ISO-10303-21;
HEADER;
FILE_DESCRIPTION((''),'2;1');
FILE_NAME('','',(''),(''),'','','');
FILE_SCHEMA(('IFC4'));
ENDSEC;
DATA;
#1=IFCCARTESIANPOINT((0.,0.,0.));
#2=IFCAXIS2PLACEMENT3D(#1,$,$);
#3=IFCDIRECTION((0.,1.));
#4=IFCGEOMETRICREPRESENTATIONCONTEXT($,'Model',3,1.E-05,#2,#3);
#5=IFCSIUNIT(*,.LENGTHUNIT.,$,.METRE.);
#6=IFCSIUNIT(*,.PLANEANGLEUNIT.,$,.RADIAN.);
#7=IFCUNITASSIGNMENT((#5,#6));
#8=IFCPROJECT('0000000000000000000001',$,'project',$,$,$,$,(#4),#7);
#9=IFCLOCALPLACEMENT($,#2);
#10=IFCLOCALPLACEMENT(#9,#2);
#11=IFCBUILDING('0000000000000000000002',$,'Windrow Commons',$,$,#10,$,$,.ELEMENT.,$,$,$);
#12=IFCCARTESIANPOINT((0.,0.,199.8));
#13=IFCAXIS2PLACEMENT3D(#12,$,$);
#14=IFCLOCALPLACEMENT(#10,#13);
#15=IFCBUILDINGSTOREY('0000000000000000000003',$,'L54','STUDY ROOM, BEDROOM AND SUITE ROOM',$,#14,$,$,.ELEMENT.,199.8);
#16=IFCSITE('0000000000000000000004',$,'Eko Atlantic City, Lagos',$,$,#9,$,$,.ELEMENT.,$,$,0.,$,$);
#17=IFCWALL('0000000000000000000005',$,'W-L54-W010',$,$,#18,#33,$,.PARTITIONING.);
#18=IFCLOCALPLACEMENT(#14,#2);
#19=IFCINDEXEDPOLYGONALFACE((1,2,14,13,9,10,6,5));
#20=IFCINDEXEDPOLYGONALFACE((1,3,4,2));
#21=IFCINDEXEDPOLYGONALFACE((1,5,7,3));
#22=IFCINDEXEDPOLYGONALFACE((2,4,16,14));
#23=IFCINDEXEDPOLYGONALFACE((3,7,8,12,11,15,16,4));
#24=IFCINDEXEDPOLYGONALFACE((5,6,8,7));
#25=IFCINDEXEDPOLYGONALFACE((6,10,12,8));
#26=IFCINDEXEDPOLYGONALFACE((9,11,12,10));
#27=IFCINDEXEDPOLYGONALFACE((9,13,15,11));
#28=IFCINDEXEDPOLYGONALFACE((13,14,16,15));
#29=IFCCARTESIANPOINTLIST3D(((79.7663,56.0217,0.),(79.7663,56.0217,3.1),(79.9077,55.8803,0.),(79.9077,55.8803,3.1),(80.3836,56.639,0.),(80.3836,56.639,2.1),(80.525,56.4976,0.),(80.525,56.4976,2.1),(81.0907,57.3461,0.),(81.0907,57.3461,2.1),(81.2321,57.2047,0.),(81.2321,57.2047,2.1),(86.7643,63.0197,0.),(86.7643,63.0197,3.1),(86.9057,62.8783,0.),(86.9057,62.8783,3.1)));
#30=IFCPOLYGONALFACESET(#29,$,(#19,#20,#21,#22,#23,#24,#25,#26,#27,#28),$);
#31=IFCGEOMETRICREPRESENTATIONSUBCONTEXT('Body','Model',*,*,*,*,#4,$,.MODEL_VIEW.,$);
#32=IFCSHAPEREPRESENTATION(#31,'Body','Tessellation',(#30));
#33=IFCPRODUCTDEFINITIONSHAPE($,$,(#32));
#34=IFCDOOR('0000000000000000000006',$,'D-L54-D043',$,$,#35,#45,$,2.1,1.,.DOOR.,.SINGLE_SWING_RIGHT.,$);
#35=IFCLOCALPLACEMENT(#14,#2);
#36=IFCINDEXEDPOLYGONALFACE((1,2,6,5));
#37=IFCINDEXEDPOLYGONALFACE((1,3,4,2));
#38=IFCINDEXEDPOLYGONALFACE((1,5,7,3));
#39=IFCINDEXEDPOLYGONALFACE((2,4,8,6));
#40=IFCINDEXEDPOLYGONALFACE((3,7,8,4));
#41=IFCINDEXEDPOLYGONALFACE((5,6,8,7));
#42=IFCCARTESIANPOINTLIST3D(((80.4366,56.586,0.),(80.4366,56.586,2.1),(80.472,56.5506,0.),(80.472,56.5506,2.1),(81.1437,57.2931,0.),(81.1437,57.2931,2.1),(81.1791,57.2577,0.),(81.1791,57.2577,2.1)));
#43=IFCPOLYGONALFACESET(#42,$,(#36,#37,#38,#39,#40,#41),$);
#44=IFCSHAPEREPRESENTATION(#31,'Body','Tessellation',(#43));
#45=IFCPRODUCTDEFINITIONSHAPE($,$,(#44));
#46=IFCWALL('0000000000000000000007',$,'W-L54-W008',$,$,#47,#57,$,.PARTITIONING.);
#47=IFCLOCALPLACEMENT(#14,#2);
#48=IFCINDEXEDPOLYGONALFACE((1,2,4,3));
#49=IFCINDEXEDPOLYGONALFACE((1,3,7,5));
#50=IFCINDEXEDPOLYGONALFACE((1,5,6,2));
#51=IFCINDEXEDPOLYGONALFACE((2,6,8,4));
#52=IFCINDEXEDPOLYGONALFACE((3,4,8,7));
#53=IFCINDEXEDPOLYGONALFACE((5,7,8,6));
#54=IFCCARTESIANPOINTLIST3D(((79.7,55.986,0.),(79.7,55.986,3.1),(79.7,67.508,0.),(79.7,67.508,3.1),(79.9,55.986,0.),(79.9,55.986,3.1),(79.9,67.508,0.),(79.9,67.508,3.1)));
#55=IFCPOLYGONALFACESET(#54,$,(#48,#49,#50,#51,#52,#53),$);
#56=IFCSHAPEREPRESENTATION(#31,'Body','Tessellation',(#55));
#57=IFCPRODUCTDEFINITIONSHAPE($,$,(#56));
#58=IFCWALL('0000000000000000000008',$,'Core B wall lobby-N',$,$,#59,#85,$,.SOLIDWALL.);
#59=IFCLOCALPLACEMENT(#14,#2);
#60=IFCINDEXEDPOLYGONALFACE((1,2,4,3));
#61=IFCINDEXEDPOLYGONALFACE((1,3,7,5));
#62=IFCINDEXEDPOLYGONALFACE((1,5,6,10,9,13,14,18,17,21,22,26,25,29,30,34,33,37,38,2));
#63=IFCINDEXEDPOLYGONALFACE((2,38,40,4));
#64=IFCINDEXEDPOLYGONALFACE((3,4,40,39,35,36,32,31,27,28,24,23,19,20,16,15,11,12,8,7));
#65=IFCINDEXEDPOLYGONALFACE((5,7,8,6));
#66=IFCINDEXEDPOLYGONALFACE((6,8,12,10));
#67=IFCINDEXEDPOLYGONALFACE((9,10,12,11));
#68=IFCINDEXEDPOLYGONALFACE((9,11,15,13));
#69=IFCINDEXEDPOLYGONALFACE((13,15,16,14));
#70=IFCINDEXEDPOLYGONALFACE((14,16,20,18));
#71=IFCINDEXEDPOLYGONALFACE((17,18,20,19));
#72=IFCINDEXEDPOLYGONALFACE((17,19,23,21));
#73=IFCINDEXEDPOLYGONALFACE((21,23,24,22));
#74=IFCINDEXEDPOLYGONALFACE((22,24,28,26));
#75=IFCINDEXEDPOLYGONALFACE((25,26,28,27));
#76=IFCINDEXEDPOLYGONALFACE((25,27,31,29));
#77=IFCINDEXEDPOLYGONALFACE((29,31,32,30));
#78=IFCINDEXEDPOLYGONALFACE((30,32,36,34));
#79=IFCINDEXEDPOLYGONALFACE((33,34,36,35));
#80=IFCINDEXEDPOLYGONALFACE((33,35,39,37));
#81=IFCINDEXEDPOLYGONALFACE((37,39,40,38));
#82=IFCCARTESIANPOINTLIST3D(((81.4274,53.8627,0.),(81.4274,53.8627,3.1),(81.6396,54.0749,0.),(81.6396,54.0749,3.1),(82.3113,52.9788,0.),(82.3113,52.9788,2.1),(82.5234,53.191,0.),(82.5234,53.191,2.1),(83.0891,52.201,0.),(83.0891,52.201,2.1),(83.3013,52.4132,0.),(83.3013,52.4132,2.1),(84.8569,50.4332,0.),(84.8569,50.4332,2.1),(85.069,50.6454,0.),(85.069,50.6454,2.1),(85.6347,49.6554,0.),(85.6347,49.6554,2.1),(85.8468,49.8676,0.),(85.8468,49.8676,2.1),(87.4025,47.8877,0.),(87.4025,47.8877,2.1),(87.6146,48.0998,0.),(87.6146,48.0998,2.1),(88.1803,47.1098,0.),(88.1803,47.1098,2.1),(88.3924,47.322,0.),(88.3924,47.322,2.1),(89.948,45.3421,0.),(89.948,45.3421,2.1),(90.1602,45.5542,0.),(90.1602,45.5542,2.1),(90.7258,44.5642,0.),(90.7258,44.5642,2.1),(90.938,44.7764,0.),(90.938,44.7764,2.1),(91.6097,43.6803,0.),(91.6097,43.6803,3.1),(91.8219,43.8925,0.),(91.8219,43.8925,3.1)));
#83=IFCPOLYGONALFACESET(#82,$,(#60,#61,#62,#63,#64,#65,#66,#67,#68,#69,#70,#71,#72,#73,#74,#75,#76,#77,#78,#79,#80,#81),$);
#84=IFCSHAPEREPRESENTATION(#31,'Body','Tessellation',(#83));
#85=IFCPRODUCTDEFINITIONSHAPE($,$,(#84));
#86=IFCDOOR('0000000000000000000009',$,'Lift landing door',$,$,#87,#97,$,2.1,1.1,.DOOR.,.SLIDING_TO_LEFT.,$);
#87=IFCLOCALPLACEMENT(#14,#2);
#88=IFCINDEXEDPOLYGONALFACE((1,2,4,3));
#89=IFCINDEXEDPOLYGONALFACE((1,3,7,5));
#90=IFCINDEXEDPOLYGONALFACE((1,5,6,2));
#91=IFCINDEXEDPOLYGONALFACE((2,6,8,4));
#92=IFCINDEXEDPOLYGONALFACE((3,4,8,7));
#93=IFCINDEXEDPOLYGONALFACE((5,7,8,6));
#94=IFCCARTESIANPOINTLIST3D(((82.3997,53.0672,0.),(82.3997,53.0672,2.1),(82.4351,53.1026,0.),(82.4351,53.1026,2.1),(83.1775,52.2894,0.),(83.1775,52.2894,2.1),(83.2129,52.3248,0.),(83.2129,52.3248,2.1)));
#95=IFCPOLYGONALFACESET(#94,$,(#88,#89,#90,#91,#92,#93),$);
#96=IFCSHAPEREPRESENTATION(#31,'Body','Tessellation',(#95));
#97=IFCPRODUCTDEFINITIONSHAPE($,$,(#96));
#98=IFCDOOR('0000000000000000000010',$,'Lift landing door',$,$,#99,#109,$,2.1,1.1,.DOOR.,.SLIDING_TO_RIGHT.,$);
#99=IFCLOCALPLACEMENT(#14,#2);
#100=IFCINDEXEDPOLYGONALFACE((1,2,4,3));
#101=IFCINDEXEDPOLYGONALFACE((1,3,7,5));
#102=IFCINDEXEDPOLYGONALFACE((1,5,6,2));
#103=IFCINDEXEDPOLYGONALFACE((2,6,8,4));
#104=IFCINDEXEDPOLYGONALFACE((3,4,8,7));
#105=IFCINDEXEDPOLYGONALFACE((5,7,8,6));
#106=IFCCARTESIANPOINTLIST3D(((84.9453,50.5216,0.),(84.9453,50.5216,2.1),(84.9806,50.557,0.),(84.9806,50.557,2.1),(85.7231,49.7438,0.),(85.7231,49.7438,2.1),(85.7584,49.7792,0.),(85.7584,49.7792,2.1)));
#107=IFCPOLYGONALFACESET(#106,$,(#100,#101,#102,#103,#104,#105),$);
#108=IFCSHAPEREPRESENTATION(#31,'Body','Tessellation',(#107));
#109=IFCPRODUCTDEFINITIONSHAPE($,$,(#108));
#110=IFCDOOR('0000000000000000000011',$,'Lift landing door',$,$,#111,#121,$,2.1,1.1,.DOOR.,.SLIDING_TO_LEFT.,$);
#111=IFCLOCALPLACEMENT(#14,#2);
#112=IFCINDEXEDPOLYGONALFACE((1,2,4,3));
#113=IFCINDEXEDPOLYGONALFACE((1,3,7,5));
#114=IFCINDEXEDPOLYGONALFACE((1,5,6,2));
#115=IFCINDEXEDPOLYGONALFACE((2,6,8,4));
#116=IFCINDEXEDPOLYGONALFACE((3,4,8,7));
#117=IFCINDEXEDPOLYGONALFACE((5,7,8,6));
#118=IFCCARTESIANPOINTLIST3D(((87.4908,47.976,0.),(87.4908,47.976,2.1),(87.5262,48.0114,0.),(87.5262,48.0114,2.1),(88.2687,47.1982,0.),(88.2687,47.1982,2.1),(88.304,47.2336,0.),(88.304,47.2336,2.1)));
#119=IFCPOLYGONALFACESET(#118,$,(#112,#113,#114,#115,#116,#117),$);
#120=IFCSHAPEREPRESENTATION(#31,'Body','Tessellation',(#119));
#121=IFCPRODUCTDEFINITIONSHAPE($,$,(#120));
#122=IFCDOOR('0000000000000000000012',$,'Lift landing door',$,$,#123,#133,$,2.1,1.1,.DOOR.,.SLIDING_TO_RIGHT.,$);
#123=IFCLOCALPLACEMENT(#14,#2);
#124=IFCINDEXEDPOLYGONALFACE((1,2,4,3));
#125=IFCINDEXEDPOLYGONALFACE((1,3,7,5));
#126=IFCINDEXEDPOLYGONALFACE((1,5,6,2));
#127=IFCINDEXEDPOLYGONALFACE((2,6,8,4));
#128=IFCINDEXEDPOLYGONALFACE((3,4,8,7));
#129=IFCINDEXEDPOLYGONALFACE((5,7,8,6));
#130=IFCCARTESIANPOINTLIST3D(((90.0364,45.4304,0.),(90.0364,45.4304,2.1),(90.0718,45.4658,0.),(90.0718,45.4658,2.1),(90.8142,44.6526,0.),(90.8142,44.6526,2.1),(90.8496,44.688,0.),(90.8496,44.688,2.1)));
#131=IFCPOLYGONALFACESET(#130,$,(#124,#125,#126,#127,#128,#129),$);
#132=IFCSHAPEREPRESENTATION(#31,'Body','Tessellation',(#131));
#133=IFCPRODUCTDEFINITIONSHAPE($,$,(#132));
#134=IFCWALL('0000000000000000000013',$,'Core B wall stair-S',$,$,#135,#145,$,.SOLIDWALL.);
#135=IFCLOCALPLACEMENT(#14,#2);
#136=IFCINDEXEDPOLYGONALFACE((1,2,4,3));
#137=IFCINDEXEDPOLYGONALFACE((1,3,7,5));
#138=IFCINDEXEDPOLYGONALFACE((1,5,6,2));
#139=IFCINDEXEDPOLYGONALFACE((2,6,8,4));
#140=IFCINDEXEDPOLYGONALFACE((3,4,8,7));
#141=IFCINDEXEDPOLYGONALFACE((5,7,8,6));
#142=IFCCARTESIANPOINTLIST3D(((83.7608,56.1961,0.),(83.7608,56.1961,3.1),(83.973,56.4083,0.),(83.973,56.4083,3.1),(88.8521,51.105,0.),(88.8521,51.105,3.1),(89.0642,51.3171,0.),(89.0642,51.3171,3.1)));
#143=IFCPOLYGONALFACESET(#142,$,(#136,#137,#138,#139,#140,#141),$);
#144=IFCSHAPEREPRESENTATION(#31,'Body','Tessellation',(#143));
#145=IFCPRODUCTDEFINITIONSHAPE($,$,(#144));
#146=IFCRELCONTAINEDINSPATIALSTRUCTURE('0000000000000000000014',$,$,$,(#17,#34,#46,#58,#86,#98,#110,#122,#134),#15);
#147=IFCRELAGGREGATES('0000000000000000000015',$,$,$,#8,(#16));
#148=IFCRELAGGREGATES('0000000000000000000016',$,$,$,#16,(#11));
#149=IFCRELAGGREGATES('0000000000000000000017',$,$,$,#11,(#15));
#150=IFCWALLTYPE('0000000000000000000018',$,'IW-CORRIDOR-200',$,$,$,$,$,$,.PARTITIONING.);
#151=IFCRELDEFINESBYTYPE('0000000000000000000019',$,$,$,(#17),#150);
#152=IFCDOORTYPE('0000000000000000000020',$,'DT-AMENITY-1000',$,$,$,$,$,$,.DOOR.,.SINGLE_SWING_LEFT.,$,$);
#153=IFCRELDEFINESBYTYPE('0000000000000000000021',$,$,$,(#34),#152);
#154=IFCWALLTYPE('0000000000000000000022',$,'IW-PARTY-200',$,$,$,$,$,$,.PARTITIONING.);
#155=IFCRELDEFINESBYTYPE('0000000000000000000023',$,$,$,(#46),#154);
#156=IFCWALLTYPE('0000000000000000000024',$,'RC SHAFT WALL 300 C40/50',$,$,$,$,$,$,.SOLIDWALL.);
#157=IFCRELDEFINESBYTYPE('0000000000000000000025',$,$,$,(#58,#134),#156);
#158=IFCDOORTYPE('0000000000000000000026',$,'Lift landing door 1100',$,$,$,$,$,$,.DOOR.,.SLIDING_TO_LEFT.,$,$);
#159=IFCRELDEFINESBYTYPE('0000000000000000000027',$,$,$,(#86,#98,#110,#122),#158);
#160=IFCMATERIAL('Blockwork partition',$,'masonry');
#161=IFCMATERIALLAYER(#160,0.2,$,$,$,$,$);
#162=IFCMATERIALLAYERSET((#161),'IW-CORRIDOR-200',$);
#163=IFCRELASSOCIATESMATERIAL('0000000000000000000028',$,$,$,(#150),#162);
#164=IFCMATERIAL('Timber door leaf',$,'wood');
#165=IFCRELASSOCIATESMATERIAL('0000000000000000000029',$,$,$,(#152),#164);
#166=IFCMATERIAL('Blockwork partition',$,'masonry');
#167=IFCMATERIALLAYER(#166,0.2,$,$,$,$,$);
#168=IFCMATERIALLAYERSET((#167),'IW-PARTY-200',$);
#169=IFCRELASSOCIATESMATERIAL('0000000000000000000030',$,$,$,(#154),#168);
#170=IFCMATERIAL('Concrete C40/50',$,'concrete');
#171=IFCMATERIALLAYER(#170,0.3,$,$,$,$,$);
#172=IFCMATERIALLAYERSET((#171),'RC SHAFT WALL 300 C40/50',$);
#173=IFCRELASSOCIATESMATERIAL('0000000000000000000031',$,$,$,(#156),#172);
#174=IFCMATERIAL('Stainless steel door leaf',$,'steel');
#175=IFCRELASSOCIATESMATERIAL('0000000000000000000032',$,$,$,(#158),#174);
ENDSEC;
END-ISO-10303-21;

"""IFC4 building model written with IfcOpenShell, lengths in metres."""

from ifc_helpers import new_model, si_unit, direction, frame, frame_2d, origin, place, context, subcontext, project, spatial, rectangle, extrude, material, layer, layer_set, type_object, element, fill, save


model = new_model("IFC4")

# Units and contexts
model_context = context("Model", 3, precision=1e-05, world=origin(), true_north=direction((0.0, 1.0)))
body_context = subcontext(model_context, "Body", "Model", "MODEL_VIEW")
ifc_project = project(units=[si_unit("LENGTHUNIT", "METRE"), si_unit("PLANEANGLEUNIT", "RADIAN")], contexts=[model_context])

# Site, building, storey
site_placement = place(None, origin())
site = spatial("IfcSite", under=ifc_project, at=site_placement, Name="Eko Atlantic City, Lagos", CompositionType="ELEMENT", RefElevation=0.0)
building_placement = place(site_placement, origin())
building = spatial("IfcBuilding", under=site, at=building_placement, Name="Windrow Commons", CompositionType="ELEMENT")
storey_placement = place(building_placement, frame((0.0, 0.0, 199.8)))
storey = spatial("IfcBuildingStorey", under=building, at=storey_placement, Name="L54", Description="STUDY ROOM, BEDROOM AND SUITE ROOM", CompositionType="ELEMENT", Elevation=199.8)

# Wall, opening, door
ifc_material_1 = material(Name="Blockwork partition", Category="masonry")
ifc_layer_1 = layer(ifc_material_1, 0.2)
ifc_layer_set_1 = layer_set([ifc_layer_1], Name="IW-CORRIDOR-200")
wall_type_1 = type_object("IfcWallType", Name="IW-CORRIDOR-200", PredefinedType="PARTITIONING", material=ifc_layer_set_1)
wall_1_placement = place(storey_placement, frame((79.837, 55.951, 0.0), z_axis=(0.0, 0.0, 1.0), x_axis=(0.707107, 0.707107, 0.0)))
wall_1 = element("IfcWall", 1, at=wall_1_placement, inside=storey, type_object=wall_type_1, Name="W-L54-W010", PredefinedType="PARTITIONING", context=body_context, shape_type="SweptSolid", body=[
    extrude(rectangle(XDim=9.8967, YDim=0.2, at=frame_2d((4.9483, 0.0))), origin(), (0.0, 0.0, 1.0), 3.1),
])
opening_1_placement = place(wall_1_placement, frame((0.873, 0.0, 0.0)))
opening_1 = element("IfcOpeningElement", 2, at=opening_1_placement, cuts=wall_1, PredefinedType="OPENING", context=body_context, shape_type="SweptSolid", body=[
    extrude(rectangle(XDim=1.0, YDim=2.1, at=frame_2d((0.5, 1.05))), frame((0.0, 0.11, 0.0), z_axis=(0.0, -1.0, 0.0), x_axis=(1.0, 0.0, 0.0)), (0.0, 0.0, 1.0), 0.22),
])
ifc_material_2 = material(Name="Timber door leaf", Category="wood")
door_type_1 = type_object("IfcDoorType", Name="DT-AMENITY-1000", OperationType="SINGLE_SWING_LEFT", PredefinedType="DOOR", material=ifc_material_2)
door_1_placement = place(opening_1_placement, origin())
door_1 = element("IfcDoor", 3, at=door_1_placement, inside=storey, type_object=door_type_1, Name="D-L54-D043", OperationType="SINGLE_SWING_RIGHT", OverallHeight=2.1, OverallWidth=1.0, PredefinedType="DOOR", context=body_context, shape_type="SweptSolid", body=[
    extrude(rectangle(XDim=1.0, YDim=2.1, at=frame_2d((0.5, 1.05))), frame((0.0, 0.025, 0.0), z_axis=(0.0, -1.0, 0.0), x_axis=(1.0, 0.0, 0.0)), (0.0, 0.0, 1.0), 0.05),
])
fill(opening_1, door_1)

# Wall
ifc_material_3 = material(Name="Blockwork partition", Category="masonry")
ifc_layer_2 = layer(ifc_material_3, 0.2)
ifc_layer_set_2 = layer_set([ifc_layer_2], Name="IW-PARTY-200")
wall_type_2 = type_object("IfcWallType", Name="IW-PARTY-200", PredefinedType="PARTITIONING", material=ifc_layer_set_2)
wall_2_placement = place(storey_placement, frame((79.8, 55.986, 0.0), z_axis=(0.0, 0.0, 1.0), x_axis=(0.0, 1.0, 0.0)))
element("IfcWall", 4, at=wall_2_placement, inside=storey, type_object=wall_type_2, Name="W-L54-W008", PredefinedType="PARTITIONING", context=body_context, shape_type="SweptSolid", body=[
    extrude(rectangle(XDim=11.522, YDim=0.2, at=frame_2d((5.761, 0.0))), origin(), (0.0, 0.0, 1.0), 3.1),
])

# Wall, openings, doors
ifc_material_4 = material(Name="Concrete C40/50", Category="concrete")
ifc_layer_3 = layer(ifc_material_4, 0.3)
ifc_layer_set_3 = layer_set([ifc_layer_3], Name="RC SHAFT WALL 300 C40/50")
wall_type_3 = type_object("IfcWallType", Name="RC SHAFT WALL 300 C40/50", PredefinedType="SOLIDWALL", material=ifc_layer_set_3)
wall_3_placement = place(storey_placement, frame((81.5335, 53.9688, 0.0), z_axis=(0.0, 0.0, 1.0), x_axis=(0.707103, -0.70711, 0.0)))
wall_3 = element("IfcWall", 5, at=wall_3_placement, inside=storey, type_object=wall_type_3, Name="Core B wall lobby-N", PredefinedType="SOLIDWALL", context=body_context, shape_type="SweptSolid", body=[
    extrude(rectangle(XDim=14.4, YDim=0.3, at=frame_2d((7.2, 0.0))), origin(), (0.0, 0.0, 1.0), 3.1),
])
opening_2_placement = place(wall_3_placement, frame((1.25, 0.0, 0.0)))
opening_2 = element("IfcOpeningElement", 6, at=opening_2_placement, cuts=wall_3, PredefinedType="OPENING", context=body_context, shape_type="SweptSolid", body=[
    extrude(rectangle(XDim=1.1, YDim=2.1, at=frame_2d((0.55, 1.05))), frame((0.0, 0.16, 0.0), z_axis=(0.0, -1.0, 0.0), x_axis=(1.0, 0.0, 0.0)), (0.0, 0.0, 1.0), 0.32),
])
opening_3_placement = place(wall_3_placement, frame((4.85, 0.0, 0.0)))
opening_3 = element("IfcOpeningElement", 7, at=opening_3_placement, cuts=wall_3, PredefinedType="OPENING", context=body_context, shape_type="SweptSolid", body=[
    extrude(rectangle(XDim=1.1, YDim=2.1, at=frame_2d((0.55, 1.05))), frame((0.0, 0.16, 0.0), z_axis=(0.0, -1.0, 0.0), x_axis=(1.0, 0.0, 0.0)), (0.0, 0.0, 1.0), 0.32),
])
opening_4_placement = place(wall_3_placement, frame((8.45, 0.0, 0.0)))
opening_4 = element("IfcOpeningElement", 8, at=opening_4_placement, cuts=wall_3, PredefinedType="OPENING", context=body_context, shape_type="SweptSolid", body=[
    extrude(rectangle(XDim=1.1, YDim=2.1, at=frame_2d((0.55, 1.05))), frame((0.0, 0.16, 0.0), z_axis=(0.0, -1.0, 0.0), x_axis=(1.0, 0.0, 0.0)), (0.0, 0.0, 1.0), 0.32),
])
opening_5_placement = place(wall_3_placement, frame((12.05, 0.0, 0.0)))
opening_5 = element("IfcOpeningElement", 9, at=opening_5_placement, cuts=wall_3, PredefinedType="OPENING", context=body_context, shape_type="SweptSolid", body=[
    extrude(rectangle(XDim=1.1, YDim=2.1, at=frame_2d((0.55, 1.05))), frame((0.0, 0.16, 0.0), z_axis=(0.0, -1.0, 0.0), x_axis=(1.0, 0.0, 0.0)), (0.0, 0.0, 1.0), 0.32),
])
ifc_material_5 = material(Name="Stainless steel door leaf", Category="steel")
door_type_2 = type_object("IfcDoorType", Name="Lift landing door 1100", OperationType="SLIDING_TO_LEFT", PredefinedType="DOOR", material=ifc_material_5)
door_2_placement = place(opening_2_placement, origin())
door_2 = element("IfcDoor", 10, at=door_2_placement, inside=storey, type_object=door_type_2, Name="Lift landing door", OperationType="SLIDING_TO_LEFT", OverallHeight=2.1, OverallWidth=1.1, PredefinedType="DOOR", context=body_context, shape_type="SweptSolid", body=[
    extrude(rectangle(XDim=1.1, YDim=2.1, at=frame_2d((0.55, 1.05))), frame((0.0, 0.025, 0.0), z_axis=(0.0, -1.0, 0.0), x_axis=(1.0, 0.0, 0.0)), (0.0, 0.0, 1.0), 0.05),
])
fill(opening_2, door_2)
door_3_placement = place(opening_3_placement, origin())
door_3 = element("IfcDoor", 11, at=door_3_placement, inside=storey, type_object=door_type_2, Name="Lift landing door", OperationType="SLIDING_TO_RIGHT", OverallHeight=2.1, OverallWidth=1.1, PredefinedType="DOOR", context=body_context, shape_type="SweptSolid", body=[
    extrude(rectangle(XDim=1.1, YDim=2.1, at=frame_2d((0.55, 1.05))), frame((0.0, 0.025, 0.0), z_axis=(0.0, -1.0, 0.0), x_axis=(1.0, 0.0, 0.0)), (0.0, 0.0, 1.0), 0.05),
])
fill(opening_3, door_3)
door_4_placement = place(opening_4_placement, origin())
door_4 = element("IfcDoor", 12, at=door_4_placement, inside=storey, type_object=door_type_2, Name="Lift landing door", OperationType="SLIDING_TO_LEFT", OverallHeight=2.1, OverallWidth=1.1, PredefinedType="DOOR", context=body_context, shape_type="SweptSolid", body=[
    extrude(rectangle(XDim=1.1, YDim=2.1, at=frame_2d((0.55, 1.05))), frame((0.0, 0.025, 0.0), z_axis=(0.0, -1.0, 0.0), x_axis=(1.0, 0.0, 0.0)), (0.0, 0.0, 1.0), 0.05),
])
fill(opening_4, door_4)
door_5_placement = place(opening_5_placement, origin())
door_5 = element("IfcDoor", 13, at=door_5_placement, inside=storey, type_object=door_type_2, Name="Lift landing door", OperationType="SLIDING_TO_RIGHT", OverallHeight=2.1, OverallWidth=1.1, PredefinedType="DOOR", context=body_context, shape_type="SweptSolid", body=[
    extrude(rectangle(XDim=1.1, YDim=2.1, at=frame_2d((0.55, 1.05))), frame((0.0, 0.025, 0.0), z_axis=(0.0, -1.0, 0.0), x_axis=(1.0, 0.0, 0.0)), (0.0, 0.0, 1.0), 0.05),
])
fill(opening_5, door_5)

# Wall
wall_4_placement = place(storey_placement, frame((83.8669, 56.3022, 0.0), z_axis=(0.0, 0.0, 1.0), x_axis=(0.707114, -0.7071, 0.0)))
element("IfcWall", 14, at=wall_4_placement, inside=storey, type_object=wall_type_3, Name="Core B wall stair-S", PredefinedType="SOLIDWALL", context=body_context, shape_type="SweptSolid", body=[
    extrude(rectangle(XDim=7.2, YDim=0.3, at=frame_2d((3.6, 0.0))), origin(), (0.0, 0.0, 1.0), 3.1),
])

save(model, "model.ifc")
